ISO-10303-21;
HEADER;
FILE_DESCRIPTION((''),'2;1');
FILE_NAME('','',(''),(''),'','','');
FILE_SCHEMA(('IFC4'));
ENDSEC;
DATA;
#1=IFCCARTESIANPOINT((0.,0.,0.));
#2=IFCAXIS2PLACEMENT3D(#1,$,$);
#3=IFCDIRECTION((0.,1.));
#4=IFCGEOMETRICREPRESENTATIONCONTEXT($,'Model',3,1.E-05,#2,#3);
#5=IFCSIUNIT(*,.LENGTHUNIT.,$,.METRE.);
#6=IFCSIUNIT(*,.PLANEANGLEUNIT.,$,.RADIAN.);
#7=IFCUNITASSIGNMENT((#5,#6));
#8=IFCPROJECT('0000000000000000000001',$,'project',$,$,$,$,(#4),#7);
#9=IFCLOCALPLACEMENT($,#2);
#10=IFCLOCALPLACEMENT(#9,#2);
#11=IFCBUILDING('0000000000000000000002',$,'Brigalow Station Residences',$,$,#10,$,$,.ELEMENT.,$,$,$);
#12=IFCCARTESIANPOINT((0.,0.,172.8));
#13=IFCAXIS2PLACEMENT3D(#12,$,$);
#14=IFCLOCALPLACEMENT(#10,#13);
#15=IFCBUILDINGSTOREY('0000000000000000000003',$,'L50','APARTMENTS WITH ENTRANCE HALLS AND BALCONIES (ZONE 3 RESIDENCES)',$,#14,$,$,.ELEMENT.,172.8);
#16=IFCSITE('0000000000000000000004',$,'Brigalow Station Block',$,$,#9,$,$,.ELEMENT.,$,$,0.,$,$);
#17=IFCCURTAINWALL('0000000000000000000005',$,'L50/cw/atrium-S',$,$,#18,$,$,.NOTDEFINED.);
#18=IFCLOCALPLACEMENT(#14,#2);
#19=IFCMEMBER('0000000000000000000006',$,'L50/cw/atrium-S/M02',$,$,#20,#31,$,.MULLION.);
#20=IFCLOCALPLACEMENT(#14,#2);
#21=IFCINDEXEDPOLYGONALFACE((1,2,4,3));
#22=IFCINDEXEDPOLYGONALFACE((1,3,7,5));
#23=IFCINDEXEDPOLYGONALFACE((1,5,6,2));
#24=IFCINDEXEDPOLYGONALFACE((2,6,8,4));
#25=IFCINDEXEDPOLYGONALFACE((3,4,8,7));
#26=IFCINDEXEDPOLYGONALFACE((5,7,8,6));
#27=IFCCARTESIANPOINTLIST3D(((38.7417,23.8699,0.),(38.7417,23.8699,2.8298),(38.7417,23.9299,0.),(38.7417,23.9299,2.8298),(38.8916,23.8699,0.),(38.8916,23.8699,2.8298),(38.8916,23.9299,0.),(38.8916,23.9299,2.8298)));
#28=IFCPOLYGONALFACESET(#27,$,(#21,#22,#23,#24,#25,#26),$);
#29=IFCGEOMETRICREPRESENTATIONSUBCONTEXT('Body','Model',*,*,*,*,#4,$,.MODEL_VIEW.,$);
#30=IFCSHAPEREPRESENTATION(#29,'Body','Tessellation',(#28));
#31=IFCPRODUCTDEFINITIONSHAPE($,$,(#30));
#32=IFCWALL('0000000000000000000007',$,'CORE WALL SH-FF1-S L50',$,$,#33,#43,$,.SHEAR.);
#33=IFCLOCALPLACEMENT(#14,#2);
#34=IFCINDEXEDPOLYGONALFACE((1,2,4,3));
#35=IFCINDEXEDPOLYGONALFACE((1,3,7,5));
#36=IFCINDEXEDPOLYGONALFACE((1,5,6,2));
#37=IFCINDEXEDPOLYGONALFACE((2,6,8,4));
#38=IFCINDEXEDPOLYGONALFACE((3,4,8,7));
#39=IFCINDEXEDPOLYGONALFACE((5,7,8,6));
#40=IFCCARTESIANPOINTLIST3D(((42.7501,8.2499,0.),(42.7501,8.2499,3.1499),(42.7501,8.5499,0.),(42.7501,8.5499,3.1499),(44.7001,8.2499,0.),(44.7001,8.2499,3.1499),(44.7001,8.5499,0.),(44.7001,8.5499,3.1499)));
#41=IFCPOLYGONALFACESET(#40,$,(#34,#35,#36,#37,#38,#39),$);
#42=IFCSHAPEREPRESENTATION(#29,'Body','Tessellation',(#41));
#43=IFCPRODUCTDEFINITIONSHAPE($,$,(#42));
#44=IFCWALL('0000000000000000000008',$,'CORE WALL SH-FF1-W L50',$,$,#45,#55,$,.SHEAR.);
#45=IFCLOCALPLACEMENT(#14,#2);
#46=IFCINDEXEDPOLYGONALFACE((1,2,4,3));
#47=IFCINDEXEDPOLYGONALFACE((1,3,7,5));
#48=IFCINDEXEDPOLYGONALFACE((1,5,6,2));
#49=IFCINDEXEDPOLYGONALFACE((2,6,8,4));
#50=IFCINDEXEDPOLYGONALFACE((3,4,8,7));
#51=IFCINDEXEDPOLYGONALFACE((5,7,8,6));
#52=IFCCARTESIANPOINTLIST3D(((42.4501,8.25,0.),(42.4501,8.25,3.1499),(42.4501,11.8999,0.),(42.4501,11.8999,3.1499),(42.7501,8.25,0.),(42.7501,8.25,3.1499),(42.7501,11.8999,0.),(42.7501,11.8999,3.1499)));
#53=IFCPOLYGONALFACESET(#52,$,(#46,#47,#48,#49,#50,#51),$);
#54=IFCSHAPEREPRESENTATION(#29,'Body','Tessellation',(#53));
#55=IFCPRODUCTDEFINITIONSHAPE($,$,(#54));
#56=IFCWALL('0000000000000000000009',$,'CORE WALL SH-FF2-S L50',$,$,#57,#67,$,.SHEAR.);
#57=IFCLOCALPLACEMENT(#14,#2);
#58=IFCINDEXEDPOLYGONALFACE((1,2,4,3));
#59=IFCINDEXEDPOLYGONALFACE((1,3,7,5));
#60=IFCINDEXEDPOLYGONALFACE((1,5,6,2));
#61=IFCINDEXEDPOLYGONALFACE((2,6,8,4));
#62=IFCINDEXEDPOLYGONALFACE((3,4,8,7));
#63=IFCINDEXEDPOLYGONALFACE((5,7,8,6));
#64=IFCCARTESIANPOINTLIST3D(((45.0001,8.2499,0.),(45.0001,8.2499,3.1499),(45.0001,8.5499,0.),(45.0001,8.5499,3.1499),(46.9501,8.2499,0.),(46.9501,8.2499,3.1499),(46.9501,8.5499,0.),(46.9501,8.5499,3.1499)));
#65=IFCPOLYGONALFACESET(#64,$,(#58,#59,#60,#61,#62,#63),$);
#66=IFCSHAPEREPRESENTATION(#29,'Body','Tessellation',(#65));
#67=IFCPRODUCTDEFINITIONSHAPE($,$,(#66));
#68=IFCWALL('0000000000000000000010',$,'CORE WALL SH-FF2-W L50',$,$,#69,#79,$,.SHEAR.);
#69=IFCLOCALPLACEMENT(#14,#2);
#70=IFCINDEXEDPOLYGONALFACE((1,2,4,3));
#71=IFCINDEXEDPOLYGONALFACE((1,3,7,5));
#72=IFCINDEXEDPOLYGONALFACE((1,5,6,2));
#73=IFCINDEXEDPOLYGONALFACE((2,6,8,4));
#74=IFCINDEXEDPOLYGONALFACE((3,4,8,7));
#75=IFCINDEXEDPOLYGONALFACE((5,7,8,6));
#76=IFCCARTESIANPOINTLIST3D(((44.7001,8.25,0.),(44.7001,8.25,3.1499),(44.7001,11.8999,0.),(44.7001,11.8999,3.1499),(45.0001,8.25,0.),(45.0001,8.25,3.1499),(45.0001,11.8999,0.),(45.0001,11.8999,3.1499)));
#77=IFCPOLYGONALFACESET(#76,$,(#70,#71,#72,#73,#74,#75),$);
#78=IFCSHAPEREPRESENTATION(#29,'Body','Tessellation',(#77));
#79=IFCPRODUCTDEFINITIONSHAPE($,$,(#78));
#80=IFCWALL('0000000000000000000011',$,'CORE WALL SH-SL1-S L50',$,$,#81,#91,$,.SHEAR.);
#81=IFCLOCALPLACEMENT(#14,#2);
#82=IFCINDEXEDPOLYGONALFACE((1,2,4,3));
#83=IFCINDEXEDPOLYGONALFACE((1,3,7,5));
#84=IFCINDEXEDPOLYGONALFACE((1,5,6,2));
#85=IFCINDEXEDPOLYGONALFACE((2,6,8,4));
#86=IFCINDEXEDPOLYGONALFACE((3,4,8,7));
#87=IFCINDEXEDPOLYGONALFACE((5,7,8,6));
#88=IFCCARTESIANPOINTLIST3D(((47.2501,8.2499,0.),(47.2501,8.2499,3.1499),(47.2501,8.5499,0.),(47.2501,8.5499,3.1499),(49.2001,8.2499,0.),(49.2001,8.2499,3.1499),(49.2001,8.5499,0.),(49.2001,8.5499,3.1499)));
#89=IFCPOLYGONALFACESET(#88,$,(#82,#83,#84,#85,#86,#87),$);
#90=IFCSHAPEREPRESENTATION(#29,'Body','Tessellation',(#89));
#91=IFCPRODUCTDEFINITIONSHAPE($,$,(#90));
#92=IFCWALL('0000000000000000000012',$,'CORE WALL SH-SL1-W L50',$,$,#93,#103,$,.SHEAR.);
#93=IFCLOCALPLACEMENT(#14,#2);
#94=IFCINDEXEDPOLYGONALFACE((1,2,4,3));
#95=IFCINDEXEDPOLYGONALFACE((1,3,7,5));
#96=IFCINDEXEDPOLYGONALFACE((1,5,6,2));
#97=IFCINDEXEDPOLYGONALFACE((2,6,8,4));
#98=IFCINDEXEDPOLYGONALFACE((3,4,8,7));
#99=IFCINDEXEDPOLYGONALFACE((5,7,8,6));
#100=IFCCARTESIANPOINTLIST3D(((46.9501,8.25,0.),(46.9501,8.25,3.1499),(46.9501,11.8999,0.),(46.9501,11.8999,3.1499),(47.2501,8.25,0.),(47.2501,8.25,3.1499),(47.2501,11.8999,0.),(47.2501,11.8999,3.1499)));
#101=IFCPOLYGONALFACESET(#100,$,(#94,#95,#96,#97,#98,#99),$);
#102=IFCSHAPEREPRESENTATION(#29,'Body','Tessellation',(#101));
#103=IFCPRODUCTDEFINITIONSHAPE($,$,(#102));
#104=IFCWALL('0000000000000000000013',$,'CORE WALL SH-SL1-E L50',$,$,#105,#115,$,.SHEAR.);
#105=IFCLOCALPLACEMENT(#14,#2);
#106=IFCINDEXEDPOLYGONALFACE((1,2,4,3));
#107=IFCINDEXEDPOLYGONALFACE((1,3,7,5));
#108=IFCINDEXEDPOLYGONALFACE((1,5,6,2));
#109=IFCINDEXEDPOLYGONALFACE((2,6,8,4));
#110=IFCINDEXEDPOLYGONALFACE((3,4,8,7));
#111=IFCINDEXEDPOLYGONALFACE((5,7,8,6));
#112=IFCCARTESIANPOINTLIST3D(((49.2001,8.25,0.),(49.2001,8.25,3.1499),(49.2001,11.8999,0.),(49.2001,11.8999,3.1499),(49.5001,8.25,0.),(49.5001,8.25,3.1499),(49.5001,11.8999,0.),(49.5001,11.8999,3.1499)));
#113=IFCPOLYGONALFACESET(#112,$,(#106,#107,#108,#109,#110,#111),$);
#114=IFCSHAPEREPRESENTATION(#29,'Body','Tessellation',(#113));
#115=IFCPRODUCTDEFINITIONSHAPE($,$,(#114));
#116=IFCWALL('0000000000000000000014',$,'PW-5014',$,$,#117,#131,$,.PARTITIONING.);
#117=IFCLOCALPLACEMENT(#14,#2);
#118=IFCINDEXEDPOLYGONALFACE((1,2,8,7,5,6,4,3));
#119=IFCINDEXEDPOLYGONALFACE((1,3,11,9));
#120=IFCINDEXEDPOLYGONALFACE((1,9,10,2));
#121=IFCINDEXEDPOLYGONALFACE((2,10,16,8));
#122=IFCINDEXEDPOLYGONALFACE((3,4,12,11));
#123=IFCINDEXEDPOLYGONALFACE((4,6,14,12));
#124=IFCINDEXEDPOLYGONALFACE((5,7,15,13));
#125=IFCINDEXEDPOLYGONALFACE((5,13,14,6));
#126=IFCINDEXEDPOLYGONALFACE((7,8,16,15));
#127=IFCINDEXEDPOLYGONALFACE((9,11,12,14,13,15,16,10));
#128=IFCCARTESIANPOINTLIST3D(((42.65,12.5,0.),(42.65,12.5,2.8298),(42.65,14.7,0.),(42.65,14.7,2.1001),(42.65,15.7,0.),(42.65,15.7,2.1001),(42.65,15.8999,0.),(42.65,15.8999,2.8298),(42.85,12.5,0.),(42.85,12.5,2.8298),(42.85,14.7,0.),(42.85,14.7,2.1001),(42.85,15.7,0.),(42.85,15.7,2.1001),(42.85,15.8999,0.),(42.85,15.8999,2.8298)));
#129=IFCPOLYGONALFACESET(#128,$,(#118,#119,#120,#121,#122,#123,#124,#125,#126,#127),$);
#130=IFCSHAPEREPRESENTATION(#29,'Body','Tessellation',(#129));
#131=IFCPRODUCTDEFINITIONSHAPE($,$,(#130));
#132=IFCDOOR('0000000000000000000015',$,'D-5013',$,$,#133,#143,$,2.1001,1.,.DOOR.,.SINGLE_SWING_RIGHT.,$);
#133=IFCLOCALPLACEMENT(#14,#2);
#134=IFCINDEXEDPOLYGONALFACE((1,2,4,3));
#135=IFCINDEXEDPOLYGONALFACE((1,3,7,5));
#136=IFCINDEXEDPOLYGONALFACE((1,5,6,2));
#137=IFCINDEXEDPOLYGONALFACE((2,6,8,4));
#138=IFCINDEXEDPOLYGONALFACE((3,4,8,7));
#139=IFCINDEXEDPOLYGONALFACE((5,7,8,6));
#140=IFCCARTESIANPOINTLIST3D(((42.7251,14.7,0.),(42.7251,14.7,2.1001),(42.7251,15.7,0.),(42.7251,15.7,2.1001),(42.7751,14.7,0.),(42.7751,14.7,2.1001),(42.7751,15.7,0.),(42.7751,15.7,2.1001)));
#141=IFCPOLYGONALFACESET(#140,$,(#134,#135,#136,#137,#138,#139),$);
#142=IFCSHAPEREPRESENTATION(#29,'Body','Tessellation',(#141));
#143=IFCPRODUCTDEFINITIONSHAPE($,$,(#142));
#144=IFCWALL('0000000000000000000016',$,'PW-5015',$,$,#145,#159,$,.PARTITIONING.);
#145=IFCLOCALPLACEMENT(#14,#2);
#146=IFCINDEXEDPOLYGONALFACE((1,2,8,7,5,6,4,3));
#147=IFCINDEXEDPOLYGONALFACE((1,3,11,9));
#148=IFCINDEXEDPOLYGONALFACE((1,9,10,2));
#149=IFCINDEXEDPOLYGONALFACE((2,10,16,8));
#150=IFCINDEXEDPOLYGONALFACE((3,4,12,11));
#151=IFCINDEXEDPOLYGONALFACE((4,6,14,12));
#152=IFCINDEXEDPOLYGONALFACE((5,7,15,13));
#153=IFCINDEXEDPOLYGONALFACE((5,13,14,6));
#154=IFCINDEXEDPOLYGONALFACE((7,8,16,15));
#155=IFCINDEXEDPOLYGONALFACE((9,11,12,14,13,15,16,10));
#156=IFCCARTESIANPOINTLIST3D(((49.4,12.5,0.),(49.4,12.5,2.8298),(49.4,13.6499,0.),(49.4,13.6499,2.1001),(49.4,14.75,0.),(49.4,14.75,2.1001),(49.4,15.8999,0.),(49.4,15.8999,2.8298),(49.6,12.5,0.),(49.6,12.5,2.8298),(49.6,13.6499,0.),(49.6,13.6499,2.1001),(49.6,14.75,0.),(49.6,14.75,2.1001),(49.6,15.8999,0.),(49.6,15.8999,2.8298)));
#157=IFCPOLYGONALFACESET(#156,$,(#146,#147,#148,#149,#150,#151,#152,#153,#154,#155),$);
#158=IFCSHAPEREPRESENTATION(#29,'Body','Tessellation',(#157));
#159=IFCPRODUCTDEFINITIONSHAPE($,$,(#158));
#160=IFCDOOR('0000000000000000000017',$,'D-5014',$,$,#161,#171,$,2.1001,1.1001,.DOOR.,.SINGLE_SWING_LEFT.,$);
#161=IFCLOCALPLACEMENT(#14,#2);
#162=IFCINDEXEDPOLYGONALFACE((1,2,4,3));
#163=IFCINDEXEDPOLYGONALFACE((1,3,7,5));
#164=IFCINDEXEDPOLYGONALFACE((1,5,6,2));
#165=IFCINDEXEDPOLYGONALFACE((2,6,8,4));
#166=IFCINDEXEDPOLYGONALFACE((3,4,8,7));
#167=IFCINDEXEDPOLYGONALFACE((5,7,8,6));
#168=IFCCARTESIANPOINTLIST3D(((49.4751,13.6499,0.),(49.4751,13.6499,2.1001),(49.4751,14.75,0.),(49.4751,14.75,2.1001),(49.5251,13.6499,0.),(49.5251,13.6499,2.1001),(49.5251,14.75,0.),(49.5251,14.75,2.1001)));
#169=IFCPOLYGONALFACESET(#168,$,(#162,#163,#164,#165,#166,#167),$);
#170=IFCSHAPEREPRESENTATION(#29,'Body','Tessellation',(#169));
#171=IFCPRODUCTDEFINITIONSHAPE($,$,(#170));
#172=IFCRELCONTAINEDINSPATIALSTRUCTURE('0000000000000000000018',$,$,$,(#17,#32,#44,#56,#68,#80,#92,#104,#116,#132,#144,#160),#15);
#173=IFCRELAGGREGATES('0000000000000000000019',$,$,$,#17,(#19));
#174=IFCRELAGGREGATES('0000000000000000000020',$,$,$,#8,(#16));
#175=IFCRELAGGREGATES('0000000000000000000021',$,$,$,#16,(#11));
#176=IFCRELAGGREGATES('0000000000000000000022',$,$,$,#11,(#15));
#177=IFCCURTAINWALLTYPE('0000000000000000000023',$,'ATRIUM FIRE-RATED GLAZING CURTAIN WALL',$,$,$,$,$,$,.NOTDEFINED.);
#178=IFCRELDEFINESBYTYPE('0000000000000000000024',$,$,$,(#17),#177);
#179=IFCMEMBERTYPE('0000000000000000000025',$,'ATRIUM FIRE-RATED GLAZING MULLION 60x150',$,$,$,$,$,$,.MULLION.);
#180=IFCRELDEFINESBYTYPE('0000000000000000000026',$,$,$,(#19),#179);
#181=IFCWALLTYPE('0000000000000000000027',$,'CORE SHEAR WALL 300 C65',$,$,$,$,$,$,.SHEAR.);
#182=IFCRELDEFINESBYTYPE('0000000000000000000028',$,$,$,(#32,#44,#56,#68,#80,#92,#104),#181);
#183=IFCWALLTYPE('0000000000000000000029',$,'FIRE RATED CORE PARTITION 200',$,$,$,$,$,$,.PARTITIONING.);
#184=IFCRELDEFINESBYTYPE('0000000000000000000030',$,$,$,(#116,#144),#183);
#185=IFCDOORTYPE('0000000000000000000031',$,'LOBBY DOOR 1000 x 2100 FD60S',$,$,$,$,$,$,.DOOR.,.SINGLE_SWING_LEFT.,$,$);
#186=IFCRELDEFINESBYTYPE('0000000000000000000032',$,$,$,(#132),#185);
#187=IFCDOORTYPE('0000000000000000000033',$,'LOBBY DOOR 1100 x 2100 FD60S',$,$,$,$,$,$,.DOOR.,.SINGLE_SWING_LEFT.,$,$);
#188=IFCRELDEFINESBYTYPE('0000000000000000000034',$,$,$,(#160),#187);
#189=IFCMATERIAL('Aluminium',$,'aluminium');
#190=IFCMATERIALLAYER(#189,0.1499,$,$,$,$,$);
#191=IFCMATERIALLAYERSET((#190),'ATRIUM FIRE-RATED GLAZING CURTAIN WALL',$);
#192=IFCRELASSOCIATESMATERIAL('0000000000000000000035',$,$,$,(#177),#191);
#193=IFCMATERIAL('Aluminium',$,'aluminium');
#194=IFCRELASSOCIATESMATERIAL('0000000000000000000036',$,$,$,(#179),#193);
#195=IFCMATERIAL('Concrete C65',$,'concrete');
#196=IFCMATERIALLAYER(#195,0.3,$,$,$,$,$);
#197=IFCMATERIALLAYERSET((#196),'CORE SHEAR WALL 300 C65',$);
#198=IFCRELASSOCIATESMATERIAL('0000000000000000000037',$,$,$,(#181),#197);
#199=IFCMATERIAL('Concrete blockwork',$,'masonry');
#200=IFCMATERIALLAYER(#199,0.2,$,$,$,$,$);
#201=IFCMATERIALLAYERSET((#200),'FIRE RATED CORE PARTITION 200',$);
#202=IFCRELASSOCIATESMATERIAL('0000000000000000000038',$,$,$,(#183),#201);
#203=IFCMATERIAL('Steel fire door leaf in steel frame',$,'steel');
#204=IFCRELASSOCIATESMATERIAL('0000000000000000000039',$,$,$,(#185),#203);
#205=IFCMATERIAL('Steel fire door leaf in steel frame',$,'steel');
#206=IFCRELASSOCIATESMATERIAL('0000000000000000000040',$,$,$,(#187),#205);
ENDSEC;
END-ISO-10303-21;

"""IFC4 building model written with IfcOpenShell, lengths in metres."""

from ifc_helpers import new_model, si_unit, direction, frame, frame_2d, origin, origin_2d, place, context, subcontext, project, spatial, rectangle, extrude, material, layer, layer_set, material_profile, profile_set, type_object, element, fill, aggregate, save


model = new_model("IFC4")

# Units and contexts
model_context = context("Model", 3, precision=1e-05, world=origin(), true_north=direction((0.0, 1.0)))
body_context = subcontext(model_context, "Body", "Model", "MODEL_VIEW")
ifc_project = project(units=[si_unit("LENGTHUNIT", "METRE"), si_unit("PLANEANGLEUNIT", "RADIAN")], contexts=[model_context])

# Site, building, storey
site_placement = place(None, origin())
site = spatial("IfcSite", under=ifc_project, at=site_placement, Name="Brigalow Station Block", CompositionType="ELEMENT", RefElevation=0.0)
building_placement = place(site_placement, origin())
building = spatial("IfcBuilding", under=site, at=building_placement, Name="Brigalow Station Residences", CompositionType="ELEMENT")
storey_placement = place(building_placement, frame((0.0, 0.0, 172.8)))
storey = spatial("IfcBuildingStorey", under=building, at=storey_placement, Name="L50", Description="APARTMENTS WITH ENTRANCE HALLS AND BALCONIES (ZONE 3 RESIDENCES)", CompositionType="ELEMENT", Elevation=172.8)

# Curtain wall, member
ifc_material_1 = material(Name="Aluminium", Category="aluminium")
ifc_layer_1 = layer(ifc_material_1, 0.1499)
ifc_layer_set_1 = layer_set([ifc_layer_1], Name="ATRIUM FIRE-RATED GLAZING CURTAIN WALL")
curtain_wall_type = type_object("IfcCurtainWallType", Name="ATRIUM FIRE-RATED GLAZING CURTAIN WALL", PredefinedType="NOTDEFINED", material=ifc_layer_set_1)
curtain_wall_placement = place(storey_placement, origin())
curtain_wall = element("IfcCurtainWall", 1, at=curtain_wall_placement, inside=storey, type_object=curtain_wall_type, Name="L50/cw/atrium-S", PredefinedType="NOTDEFINED")
ifc_material_2 = material(Name="Aluminium", Category="aluminium")
ifc_material_profile = material_profile(ifc_material_2, rectangle(XDim=0.0601, YDim=0.1499, at=origin_2d()), Name="ATRIUM FIRE-RATED GLAZING MULLION 60x150")
ifc_profile_set = profile_set([ifc_material_profile], Name="Aluminium")
member_type = type_object("IfcMemberType", Name="ATRIUM FIRE-RATED GLAZING MULLION 60x150", PredefinedType="MULLION", material=ifc_profile_set)
member_placement = place(storey_placement, frame((38.8167, 23.8999, 0.0), z_axis=(0.0, 0.0, 1.0), x_axis=(0.0, 1.0, 0.0)))
member = element("IfcMember", 2, at=member_placement, type_object=member_type, Name="L50/cw/atrium-S/M02", PredefinedType="MULLION", context=body_context, shape_type="SweptSolid", body=[
    extrude(rectangle(XDim=0.0601, YDim=0.1499, at=origin_2d()), origin(), (0.0, 0.0, 1.0), 2.8298),
])
aggregate(curtain_wall, [member])

# Walls
ifc_material_3 = material(Name="Concrete C65", Category="concrete")
ifc_layer_2 = layer(ifc_material_3, 0.3)
ifc_layer_set_2 = layer_set([ifc_layer_2], Name="CORE SHEAR WALL 300 C65")
wall_type_1 = type_object("IfcWallType", Name="CORE SHEAR WALL 300 C65", PredefinedType="SHEAR", material=ifc_layer_set_2)
wall_1_placement = place(storey_placement, frame((42.75, 8.3999, 0.0), z_axis=(0.0, 0.0, 1.0), x_axis=(1.0, 0.0, 0.0)))
element("IfcWall", 3, at=wall_1_placement, inside=storey, type_object=wall_type_1, Name="CORE WALL SH-FF1-S L50", PredefinedType="SHEAR", context=body_context, shape_type="SweptSolid", body=[
    extrude(rectangle(XDim=1.95, YDim=0.3, at=frame_2d((0.9751, 0.0))), origin(), (0.0, 0.0, 1.0), 3.1499),
])
wall_2_placement = place(storey_placement, frame((42.6001, 8.25, 0.0), z_axis=(0.0, 0.0, 1.0), x_axis=(0.0, 1.0, 0.0)))
element("IfcWall", 4, at=wall_2_placement, inside=storey, type_object=wall_type_1, Name="CORE WALL SH-FF1-W L50", PredefinedType="SHEAR", context=body_context, shape_type="SweptSolid", body=[
    extrude(rectangle(XDim=3.6499, YDim=0.3, at=frame_2d((1.825, 0.0))), origin(), (0.0, 0.0, 1.0), 3.1499),
])
wall_3_placement = place(storey_placement, frame((45.0, 8.3999, 0.0), z_axis=(0.0, 0.0, 1.0), x_axis=(1.0, 0.0, 0.0)))
element("IfcWall", 5, at=wall_3_placement, inside=storey, type_object=wall_type_1, Name="CORE WALL SH-FF2-S L50", PredefinedType="SHEAR", context=body_context, shape_type="SweptSolid", body=[
    extrude(rectangle(XDim=1.95, YDim=0.3, at=frame_2d((0.9751, 0.0))), origin(), (0.0, 0.0, 1.0), 3.1499),
])
wall_4_placement = place(storey_placement, frame((44.8501, 8.25, 0.0), z_axis=(0.0, 0.0, 1.0), x_axis=(0.0, 1.0, 0.0)))
element("IfcWall", 6, at=wall_4_placement, inside=storey, type_object=wall_type_1, Name="CORE WALL SH-FF2-W L50", PredefinedType="SHEAR", context=body_context, shape_type="SweptSolid", body=[
    extrude(rectangle(XDim=3.6499, YDim=0.3, at=frame_2d((1.825, 0.0))), origin(), (0.0, 0.0, 1.0), 3.1499),
])
wall_5_placement = place(storey_placement, frame((47.25, 8.3999, 0.0), z_axis=(0.0, 0.0, 1.0), x_axis=(1.0, 0.0, 0.0)))
element("IfcWall", 7, at=wall_5_placement, inside=storey, type_object=wall_type_1, Name="CORE WALL SH-SL1-S L50", PredefinedType="SHEAR", context=body_context, shape_type="SweptSolid", body=[
    extrude(rectangle(XDim=1.95, YDim=0.3, at=frame_2d((0.9751, 0.0))), origin(), (0.0, 0.0, 1.0), 3.1499),
])
for number, where, z_axis, x_axis, name in (
    (8, (47.1001, 8.25, 0.0), (0.0, 0.0, 1.0), (0.0, 1.0, 0.0), "CORE WALL SH-SL1-W L50"),
    (9, (49.3501, 8.25, 0.0), (0.0, 0.0, 1.0), (0.0, 1.0, 0.0), "CORE WALL SH-SL1-E L50"),
):
    element("IfcWall", number, at=place(storey_placement, frame(where, z_axis=z_axis, x_axis=x_axis)), inside=storey, type_object=wall_type_1, Name=name, PredefinedType="SHEAR", context=body_context, shape_type="SweptSolid", body=[
        extrude(rectangle(XDim=3.6499, YDim=0.3, at=frame_2d((1.825, 0.0))), origin(), (0.0, 0.0, 1.0), 3.1499),
    ])

# Walls, openings, doors
ifc_material_4 = material(Name="Concrete blockwork", Category="masonry")
ifc_layer_3 = layer(ifc_material_4, 0.2)
ifc_layer_set_3 = layer_set([ifc_layer_3], Name="FIRE RATED CORE PARTITION 200")
wall_type_2 = type_object("IfcWallType", Name="FIRE RATED CORE PARTITION 200", PredefinedType="PARTITIONING", material=ifc_layer_set_3)
wall_6_placement = place(storey_placement, frame((42.75, 12.5, 0.0), z_axis=(0.0, 0.0, 1.0), x_axis=(0.0, 1.0, 0.0)))
wall_6 = element("IfcWall", 10, at=wall_6_placement, inside=storey, type_object=wall_type_2, Name="PW-5014", PredefinedType="PARTITIONING", context=body_context, shape_type="SweptSolid", body=[
    extrude(rectangle(XDim=3.3999, YDim=0.2, at=frame_2d((1.7, 0.0))), origin(), (0.0, 0.0, 1.0), 2.8298),
])
opening_1_placement = place(wall_6_placement, frame((2.2, 0.0, 0.0)))
opening_1 = element("IfcOpeningElement", 11, at=opening_1_placement, cuts=wall_6, PredefinedType="OPENING", context=body_context, shape_type="SweptSolid", body=[
    extrude(rectangle(XDim=1.0, YDim=2.1001, at=frame_2d((0.5, 1.05))), frame((0.0, 0.1099, 0.0), z_axis=(0.0, -1.0, 0.0), x_axis=(1.0, 0.0, 0.0)), (0.0, 0.0, 1.0), 0.22),
])
ifc_material_5 = material(Name="Steel fire door leaf in steel frame", Category="steel")
door_type_1 = type_object("IfcDoorType", Name="LOBBY DOOR 1000 x 2100 FD60S", OperationType="SINGLE_SWING_LEFT", PredefinedType="DOOR", material=ifc_material_5)
door_1_placement = place(opening_1_placement, origin())
door_1 = element("IfcDoor", 12, at=door_1_placement, inside=storey, type_object=door_type_1, Name="D-5013", OperationType="SINGLE_SWING_RIGHT", OverallHeight=2.1001, OverallWidth=1.0, PredefinedType="DOOR", context=body_context, shape_type="SweptSolid", body=[
    extrude(rectangle(XDim=1.0, YDim=2.1001, at=frame_2d((0.5, 1.05))), frame((0.0, 0.0249, 0.0), z_axis=(0.0, -1.0, 0.0), x_axis=(1.0, 0.0, 0.0)), (0.0, 0.0, 1.0), 0.05),
])
fill(opening_1, door_1)
wall_7_placement = place(storey_placement, frame((49.5, 12.5, 0.0), z_axis=(0.0, 0.0, 1.0), x_axis=(0.0, 1.0, 0.0)))
wall_7 = element("IfcWall", 13, at=wall_7_placement, inside=storey, type_object=wall_type_2, Name="PW-5015", PredefinedType="PARTITIONING", context=body_context, shape_type="SweptSolid", body=[
    extrude(rectangle(XDim=3.3999, YDim=0.2, at=frame_2d((1.7, 0.0))), origin(), (0.0, 0.0, 1.0), 2.8298),
])
opening_2_placement = place(wall_7_placement, frame((1.1499, 0.0, 0.0)))
opening_2 = element("IfcOpeningElement", 14, at=opening_2_placement, cuts=wall_7, PredefinedType="OPENING", context=body_context, shape_type="SweptSolid", body=[
    extrude(rectangle(XDim=1.1001, YDim=2.1001, at=frame_2d((0.55, 1.05))), frame((0.0, 0.1099, 0.0), z_axis=(0.0, -1.0, 0.0), x_axis=(1.0, 0.0, 0.0)), (0.0, 0.0, 1.0), 0.22),
])
ifc_material_6 = material(Name="Steel fire door leaf in steel frame", Category="steel")
door_type_2 = type_object("IfcDoorType", Name="LOBBY DOOR 1100 x 2100 FD60S", OperationType="SINGLE_SWING_LEFT", PredefinedType="DOOR", material=ifc_material_6)
door_2_placement = place(opening_2_placement, origin())
door_2 = element("IfcDoor", 15, at=door_2_placement, inside=storey, type_object=door_type_2, Name="D-5014", OperationType="SINGLE_SWING_LEFT", OverallHeight=2.1001, OverallWidth=1.1001, PredefinedType="DOOR", context=body_context, shape_type="SweptSolid", body=[
    extrude(rectangle(XDim=1.1001, YDim=2.1001, at=frame_2d((0.55, 1.05))), frame((0.0, 0.0249, 0.0), z_axis=(0.0, -1.0, 0.0), x_axis=(1.0, 0.0, 0.0)), (0.0, 0.0, 1.0), 0.05),
])
fill(opening_2, door_2)

save(model, "model.ifc")
